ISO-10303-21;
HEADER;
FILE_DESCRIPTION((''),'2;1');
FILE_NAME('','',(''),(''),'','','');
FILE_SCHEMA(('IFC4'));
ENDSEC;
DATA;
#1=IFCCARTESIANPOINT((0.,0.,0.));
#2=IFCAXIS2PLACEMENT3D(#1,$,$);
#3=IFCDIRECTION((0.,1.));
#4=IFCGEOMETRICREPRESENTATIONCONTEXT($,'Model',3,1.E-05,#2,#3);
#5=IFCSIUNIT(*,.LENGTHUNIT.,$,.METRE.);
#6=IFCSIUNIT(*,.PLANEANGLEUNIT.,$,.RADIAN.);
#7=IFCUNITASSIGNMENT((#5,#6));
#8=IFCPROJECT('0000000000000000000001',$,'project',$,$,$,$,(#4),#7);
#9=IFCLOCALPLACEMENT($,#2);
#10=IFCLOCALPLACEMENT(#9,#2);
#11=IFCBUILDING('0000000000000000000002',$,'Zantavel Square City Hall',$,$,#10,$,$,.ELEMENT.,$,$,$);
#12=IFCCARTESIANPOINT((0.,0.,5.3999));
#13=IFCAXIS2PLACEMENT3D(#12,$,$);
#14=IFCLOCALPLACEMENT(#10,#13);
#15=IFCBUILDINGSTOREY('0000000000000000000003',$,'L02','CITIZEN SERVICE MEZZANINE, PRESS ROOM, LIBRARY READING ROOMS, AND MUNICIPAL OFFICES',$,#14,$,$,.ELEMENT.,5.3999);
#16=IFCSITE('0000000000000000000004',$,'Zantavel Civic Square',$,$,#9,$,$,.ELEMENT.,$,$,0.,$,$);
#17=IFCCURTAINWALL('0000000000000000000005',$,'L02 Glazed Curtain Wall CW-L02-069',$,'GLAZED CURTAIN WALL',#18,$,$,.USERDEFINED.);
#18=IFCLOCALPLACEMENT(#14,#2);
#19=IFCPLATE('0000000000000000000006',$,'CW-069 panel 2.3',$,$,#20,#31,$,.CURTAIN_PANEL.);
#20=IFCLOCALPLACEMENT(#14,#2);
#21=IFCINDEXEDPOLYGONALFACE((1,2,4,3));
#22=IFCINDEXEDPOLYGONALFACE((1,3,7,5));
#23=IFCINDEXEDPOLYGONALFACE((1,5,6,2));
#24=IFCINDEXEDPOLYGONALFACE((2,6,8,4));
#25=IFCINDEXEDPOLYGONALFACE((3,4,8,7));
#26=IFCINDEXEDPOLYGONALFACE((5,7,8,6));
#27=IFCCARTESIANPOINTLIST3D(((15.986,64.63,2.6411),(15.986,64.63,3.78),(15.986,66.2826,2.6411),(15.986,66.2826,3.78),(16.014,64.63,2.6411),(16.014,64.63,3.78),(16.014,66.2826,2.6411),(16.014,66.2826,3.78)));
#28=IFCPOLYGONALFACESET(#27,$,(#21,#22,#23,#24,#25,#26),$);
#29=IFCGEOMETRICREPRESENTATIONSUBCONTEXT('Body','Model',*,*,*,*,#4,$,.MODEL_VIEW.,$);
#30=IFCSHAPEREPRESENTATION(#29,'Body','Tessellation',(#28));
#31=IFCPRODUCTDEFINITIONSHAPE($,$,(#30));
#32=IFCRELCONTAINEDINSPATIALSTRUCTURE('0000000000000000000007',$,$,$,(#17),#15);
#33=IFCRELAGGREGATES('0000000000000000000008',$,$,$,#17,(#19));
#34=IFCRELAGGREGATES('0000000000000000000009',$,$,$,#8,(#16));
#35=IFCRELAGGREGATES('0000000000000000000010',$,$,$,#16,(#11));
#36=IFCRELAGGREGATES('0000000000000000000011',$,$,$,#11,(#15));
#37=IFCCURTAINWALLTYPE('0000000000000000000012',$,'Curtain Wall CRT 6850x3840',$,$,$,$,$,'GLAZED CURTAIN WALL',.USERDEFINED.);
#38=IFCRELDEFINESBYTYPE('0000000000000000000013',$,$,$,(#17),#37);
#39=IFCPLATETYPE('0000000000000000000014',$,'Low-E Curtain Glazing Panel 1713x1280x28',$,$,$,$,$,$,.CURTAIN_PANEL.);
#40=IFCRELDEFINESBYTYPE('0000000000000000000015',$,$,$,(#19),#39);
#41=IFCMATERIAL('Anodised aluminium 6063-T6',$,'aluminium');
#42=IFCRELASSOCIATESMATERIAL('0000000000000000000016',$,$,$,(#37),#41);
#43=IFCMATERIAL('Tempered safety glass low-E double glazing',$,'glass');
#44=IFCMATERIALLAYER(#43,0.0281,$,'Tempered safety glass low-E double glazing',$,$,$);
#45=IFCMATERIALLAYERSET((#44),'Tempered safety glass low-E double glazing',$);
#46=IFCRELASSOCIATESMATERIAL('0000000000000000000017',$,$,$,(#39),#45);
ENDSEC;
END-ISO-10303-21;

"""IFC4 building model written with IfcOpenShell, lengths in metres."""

from ifc_helpers import new_model, si_unit, direction, frame, origin, origin_2d, place, context, subcontext, project, spatial, rectangle, extrude, material, layer, layer_set, type_object, element, aggregate, save


model = new_model("IFC4")

# Units and contexts
model_context = context("Model", 3, precision=1e-05, world=origin(), true_north=direction((0.0, 1.0)))
body_context = subcontext(model_context, "Body", "Model", "MODEL_VIEW")
ifc_project = project(units=[si_unit("LENGTHUNIT", "METRE"), si_unit("PLANEANGLEUNIT", "RADIAN")], contexts=[model_context])

# Site, building, storey
site_placement = place(None, origin())
site = spatial("IfcSite", under=ifc_project, at=site_placement, Name="Zantavel Civic Square", CompositionType="ELEMENT", RefElevation=0.0)
building_placement = place(site_placement, origin())
building = spatial("IfcBuilding", under=site, at=building_placement, Name="Zantavel Square City Hall", CompositionType="ELEMENT")
storey_placement = place(building_placement, frame((0.0, 0.0, 5.3999)))
storey = spatial("IfcBuildingStorey", under=building, at=storey_placement, Name="L02", Description="CITIZEN SERVICE MEZZANINE, PRESS ROOM, LIBRARY READING ROOMS, AND MUNICIPAL OFFICES", CompositionType="ELEMENT", Elevation=5.3999)

# Curtain wall, plate
ifc_material_1 = material(Name="Anodised aluminium 6063-T6", Category="aluminium")
curtain_wall_type = type_object("IfcCurtainWallType", Name="Curtain Wall CRT 6850x3840", ElementType="GLAZED CURTAIN WALL", PredefinedType="USERDEFINED", material=ifc_material_1)
curtain_wall_placement = place(storey_placement, origin())
curtain_wall = element("IfcCurtainWall", 1, at=curtain_wall_placement, inside=storey, type_object=curtain_wall_type, Name="L02 Glazed Curtain Wall CW-L02-069", ObjectType="GLAZED CURTAIN WALL", PredefinedType="USERDEFINED")
ifc_material_2 = material(Name="Tempered safety glass low-E double glazing", Category="glass")
ifc_layer = layer(ifc_material_2, 0.0281, Name="Tempered safety glass low-E double glazing")
ifc_layer_set = layer_set([ifc_layer], Name="Tempered safety glass low-E double glazing")
plate_type = type_object("IfcPlateType", Name="Low-E Curtain Glazing Panel 1713x1280x28", PredefinedType="CURTAIN_PANEL", material=ifc_layer_set)
plate_1_placement = place(storey_placement, frame((16.0, 65.4563, 2.6411), z_axis=(0.0, 0.0, 1.0), x_axis=(0.0, -1.0, 0.0)))
plate_1 = element("IfcPlate", 2, at=plate_1_placement, type_object=plate_type, Name="CW-069 panel 2.3", PredefinedType="CURTAIN_PANEL", context=body_context, shape_type="SweptSolid", body=[
    extrude(rectangle(XDim=1.6526, YDim=0.0281, at=origin_2d()), origin(), (0.0, 0.0, 1.0), 1.1389),
])
aggregate(curtain_wall, [plate_1])

save(model, "model.ifc")
